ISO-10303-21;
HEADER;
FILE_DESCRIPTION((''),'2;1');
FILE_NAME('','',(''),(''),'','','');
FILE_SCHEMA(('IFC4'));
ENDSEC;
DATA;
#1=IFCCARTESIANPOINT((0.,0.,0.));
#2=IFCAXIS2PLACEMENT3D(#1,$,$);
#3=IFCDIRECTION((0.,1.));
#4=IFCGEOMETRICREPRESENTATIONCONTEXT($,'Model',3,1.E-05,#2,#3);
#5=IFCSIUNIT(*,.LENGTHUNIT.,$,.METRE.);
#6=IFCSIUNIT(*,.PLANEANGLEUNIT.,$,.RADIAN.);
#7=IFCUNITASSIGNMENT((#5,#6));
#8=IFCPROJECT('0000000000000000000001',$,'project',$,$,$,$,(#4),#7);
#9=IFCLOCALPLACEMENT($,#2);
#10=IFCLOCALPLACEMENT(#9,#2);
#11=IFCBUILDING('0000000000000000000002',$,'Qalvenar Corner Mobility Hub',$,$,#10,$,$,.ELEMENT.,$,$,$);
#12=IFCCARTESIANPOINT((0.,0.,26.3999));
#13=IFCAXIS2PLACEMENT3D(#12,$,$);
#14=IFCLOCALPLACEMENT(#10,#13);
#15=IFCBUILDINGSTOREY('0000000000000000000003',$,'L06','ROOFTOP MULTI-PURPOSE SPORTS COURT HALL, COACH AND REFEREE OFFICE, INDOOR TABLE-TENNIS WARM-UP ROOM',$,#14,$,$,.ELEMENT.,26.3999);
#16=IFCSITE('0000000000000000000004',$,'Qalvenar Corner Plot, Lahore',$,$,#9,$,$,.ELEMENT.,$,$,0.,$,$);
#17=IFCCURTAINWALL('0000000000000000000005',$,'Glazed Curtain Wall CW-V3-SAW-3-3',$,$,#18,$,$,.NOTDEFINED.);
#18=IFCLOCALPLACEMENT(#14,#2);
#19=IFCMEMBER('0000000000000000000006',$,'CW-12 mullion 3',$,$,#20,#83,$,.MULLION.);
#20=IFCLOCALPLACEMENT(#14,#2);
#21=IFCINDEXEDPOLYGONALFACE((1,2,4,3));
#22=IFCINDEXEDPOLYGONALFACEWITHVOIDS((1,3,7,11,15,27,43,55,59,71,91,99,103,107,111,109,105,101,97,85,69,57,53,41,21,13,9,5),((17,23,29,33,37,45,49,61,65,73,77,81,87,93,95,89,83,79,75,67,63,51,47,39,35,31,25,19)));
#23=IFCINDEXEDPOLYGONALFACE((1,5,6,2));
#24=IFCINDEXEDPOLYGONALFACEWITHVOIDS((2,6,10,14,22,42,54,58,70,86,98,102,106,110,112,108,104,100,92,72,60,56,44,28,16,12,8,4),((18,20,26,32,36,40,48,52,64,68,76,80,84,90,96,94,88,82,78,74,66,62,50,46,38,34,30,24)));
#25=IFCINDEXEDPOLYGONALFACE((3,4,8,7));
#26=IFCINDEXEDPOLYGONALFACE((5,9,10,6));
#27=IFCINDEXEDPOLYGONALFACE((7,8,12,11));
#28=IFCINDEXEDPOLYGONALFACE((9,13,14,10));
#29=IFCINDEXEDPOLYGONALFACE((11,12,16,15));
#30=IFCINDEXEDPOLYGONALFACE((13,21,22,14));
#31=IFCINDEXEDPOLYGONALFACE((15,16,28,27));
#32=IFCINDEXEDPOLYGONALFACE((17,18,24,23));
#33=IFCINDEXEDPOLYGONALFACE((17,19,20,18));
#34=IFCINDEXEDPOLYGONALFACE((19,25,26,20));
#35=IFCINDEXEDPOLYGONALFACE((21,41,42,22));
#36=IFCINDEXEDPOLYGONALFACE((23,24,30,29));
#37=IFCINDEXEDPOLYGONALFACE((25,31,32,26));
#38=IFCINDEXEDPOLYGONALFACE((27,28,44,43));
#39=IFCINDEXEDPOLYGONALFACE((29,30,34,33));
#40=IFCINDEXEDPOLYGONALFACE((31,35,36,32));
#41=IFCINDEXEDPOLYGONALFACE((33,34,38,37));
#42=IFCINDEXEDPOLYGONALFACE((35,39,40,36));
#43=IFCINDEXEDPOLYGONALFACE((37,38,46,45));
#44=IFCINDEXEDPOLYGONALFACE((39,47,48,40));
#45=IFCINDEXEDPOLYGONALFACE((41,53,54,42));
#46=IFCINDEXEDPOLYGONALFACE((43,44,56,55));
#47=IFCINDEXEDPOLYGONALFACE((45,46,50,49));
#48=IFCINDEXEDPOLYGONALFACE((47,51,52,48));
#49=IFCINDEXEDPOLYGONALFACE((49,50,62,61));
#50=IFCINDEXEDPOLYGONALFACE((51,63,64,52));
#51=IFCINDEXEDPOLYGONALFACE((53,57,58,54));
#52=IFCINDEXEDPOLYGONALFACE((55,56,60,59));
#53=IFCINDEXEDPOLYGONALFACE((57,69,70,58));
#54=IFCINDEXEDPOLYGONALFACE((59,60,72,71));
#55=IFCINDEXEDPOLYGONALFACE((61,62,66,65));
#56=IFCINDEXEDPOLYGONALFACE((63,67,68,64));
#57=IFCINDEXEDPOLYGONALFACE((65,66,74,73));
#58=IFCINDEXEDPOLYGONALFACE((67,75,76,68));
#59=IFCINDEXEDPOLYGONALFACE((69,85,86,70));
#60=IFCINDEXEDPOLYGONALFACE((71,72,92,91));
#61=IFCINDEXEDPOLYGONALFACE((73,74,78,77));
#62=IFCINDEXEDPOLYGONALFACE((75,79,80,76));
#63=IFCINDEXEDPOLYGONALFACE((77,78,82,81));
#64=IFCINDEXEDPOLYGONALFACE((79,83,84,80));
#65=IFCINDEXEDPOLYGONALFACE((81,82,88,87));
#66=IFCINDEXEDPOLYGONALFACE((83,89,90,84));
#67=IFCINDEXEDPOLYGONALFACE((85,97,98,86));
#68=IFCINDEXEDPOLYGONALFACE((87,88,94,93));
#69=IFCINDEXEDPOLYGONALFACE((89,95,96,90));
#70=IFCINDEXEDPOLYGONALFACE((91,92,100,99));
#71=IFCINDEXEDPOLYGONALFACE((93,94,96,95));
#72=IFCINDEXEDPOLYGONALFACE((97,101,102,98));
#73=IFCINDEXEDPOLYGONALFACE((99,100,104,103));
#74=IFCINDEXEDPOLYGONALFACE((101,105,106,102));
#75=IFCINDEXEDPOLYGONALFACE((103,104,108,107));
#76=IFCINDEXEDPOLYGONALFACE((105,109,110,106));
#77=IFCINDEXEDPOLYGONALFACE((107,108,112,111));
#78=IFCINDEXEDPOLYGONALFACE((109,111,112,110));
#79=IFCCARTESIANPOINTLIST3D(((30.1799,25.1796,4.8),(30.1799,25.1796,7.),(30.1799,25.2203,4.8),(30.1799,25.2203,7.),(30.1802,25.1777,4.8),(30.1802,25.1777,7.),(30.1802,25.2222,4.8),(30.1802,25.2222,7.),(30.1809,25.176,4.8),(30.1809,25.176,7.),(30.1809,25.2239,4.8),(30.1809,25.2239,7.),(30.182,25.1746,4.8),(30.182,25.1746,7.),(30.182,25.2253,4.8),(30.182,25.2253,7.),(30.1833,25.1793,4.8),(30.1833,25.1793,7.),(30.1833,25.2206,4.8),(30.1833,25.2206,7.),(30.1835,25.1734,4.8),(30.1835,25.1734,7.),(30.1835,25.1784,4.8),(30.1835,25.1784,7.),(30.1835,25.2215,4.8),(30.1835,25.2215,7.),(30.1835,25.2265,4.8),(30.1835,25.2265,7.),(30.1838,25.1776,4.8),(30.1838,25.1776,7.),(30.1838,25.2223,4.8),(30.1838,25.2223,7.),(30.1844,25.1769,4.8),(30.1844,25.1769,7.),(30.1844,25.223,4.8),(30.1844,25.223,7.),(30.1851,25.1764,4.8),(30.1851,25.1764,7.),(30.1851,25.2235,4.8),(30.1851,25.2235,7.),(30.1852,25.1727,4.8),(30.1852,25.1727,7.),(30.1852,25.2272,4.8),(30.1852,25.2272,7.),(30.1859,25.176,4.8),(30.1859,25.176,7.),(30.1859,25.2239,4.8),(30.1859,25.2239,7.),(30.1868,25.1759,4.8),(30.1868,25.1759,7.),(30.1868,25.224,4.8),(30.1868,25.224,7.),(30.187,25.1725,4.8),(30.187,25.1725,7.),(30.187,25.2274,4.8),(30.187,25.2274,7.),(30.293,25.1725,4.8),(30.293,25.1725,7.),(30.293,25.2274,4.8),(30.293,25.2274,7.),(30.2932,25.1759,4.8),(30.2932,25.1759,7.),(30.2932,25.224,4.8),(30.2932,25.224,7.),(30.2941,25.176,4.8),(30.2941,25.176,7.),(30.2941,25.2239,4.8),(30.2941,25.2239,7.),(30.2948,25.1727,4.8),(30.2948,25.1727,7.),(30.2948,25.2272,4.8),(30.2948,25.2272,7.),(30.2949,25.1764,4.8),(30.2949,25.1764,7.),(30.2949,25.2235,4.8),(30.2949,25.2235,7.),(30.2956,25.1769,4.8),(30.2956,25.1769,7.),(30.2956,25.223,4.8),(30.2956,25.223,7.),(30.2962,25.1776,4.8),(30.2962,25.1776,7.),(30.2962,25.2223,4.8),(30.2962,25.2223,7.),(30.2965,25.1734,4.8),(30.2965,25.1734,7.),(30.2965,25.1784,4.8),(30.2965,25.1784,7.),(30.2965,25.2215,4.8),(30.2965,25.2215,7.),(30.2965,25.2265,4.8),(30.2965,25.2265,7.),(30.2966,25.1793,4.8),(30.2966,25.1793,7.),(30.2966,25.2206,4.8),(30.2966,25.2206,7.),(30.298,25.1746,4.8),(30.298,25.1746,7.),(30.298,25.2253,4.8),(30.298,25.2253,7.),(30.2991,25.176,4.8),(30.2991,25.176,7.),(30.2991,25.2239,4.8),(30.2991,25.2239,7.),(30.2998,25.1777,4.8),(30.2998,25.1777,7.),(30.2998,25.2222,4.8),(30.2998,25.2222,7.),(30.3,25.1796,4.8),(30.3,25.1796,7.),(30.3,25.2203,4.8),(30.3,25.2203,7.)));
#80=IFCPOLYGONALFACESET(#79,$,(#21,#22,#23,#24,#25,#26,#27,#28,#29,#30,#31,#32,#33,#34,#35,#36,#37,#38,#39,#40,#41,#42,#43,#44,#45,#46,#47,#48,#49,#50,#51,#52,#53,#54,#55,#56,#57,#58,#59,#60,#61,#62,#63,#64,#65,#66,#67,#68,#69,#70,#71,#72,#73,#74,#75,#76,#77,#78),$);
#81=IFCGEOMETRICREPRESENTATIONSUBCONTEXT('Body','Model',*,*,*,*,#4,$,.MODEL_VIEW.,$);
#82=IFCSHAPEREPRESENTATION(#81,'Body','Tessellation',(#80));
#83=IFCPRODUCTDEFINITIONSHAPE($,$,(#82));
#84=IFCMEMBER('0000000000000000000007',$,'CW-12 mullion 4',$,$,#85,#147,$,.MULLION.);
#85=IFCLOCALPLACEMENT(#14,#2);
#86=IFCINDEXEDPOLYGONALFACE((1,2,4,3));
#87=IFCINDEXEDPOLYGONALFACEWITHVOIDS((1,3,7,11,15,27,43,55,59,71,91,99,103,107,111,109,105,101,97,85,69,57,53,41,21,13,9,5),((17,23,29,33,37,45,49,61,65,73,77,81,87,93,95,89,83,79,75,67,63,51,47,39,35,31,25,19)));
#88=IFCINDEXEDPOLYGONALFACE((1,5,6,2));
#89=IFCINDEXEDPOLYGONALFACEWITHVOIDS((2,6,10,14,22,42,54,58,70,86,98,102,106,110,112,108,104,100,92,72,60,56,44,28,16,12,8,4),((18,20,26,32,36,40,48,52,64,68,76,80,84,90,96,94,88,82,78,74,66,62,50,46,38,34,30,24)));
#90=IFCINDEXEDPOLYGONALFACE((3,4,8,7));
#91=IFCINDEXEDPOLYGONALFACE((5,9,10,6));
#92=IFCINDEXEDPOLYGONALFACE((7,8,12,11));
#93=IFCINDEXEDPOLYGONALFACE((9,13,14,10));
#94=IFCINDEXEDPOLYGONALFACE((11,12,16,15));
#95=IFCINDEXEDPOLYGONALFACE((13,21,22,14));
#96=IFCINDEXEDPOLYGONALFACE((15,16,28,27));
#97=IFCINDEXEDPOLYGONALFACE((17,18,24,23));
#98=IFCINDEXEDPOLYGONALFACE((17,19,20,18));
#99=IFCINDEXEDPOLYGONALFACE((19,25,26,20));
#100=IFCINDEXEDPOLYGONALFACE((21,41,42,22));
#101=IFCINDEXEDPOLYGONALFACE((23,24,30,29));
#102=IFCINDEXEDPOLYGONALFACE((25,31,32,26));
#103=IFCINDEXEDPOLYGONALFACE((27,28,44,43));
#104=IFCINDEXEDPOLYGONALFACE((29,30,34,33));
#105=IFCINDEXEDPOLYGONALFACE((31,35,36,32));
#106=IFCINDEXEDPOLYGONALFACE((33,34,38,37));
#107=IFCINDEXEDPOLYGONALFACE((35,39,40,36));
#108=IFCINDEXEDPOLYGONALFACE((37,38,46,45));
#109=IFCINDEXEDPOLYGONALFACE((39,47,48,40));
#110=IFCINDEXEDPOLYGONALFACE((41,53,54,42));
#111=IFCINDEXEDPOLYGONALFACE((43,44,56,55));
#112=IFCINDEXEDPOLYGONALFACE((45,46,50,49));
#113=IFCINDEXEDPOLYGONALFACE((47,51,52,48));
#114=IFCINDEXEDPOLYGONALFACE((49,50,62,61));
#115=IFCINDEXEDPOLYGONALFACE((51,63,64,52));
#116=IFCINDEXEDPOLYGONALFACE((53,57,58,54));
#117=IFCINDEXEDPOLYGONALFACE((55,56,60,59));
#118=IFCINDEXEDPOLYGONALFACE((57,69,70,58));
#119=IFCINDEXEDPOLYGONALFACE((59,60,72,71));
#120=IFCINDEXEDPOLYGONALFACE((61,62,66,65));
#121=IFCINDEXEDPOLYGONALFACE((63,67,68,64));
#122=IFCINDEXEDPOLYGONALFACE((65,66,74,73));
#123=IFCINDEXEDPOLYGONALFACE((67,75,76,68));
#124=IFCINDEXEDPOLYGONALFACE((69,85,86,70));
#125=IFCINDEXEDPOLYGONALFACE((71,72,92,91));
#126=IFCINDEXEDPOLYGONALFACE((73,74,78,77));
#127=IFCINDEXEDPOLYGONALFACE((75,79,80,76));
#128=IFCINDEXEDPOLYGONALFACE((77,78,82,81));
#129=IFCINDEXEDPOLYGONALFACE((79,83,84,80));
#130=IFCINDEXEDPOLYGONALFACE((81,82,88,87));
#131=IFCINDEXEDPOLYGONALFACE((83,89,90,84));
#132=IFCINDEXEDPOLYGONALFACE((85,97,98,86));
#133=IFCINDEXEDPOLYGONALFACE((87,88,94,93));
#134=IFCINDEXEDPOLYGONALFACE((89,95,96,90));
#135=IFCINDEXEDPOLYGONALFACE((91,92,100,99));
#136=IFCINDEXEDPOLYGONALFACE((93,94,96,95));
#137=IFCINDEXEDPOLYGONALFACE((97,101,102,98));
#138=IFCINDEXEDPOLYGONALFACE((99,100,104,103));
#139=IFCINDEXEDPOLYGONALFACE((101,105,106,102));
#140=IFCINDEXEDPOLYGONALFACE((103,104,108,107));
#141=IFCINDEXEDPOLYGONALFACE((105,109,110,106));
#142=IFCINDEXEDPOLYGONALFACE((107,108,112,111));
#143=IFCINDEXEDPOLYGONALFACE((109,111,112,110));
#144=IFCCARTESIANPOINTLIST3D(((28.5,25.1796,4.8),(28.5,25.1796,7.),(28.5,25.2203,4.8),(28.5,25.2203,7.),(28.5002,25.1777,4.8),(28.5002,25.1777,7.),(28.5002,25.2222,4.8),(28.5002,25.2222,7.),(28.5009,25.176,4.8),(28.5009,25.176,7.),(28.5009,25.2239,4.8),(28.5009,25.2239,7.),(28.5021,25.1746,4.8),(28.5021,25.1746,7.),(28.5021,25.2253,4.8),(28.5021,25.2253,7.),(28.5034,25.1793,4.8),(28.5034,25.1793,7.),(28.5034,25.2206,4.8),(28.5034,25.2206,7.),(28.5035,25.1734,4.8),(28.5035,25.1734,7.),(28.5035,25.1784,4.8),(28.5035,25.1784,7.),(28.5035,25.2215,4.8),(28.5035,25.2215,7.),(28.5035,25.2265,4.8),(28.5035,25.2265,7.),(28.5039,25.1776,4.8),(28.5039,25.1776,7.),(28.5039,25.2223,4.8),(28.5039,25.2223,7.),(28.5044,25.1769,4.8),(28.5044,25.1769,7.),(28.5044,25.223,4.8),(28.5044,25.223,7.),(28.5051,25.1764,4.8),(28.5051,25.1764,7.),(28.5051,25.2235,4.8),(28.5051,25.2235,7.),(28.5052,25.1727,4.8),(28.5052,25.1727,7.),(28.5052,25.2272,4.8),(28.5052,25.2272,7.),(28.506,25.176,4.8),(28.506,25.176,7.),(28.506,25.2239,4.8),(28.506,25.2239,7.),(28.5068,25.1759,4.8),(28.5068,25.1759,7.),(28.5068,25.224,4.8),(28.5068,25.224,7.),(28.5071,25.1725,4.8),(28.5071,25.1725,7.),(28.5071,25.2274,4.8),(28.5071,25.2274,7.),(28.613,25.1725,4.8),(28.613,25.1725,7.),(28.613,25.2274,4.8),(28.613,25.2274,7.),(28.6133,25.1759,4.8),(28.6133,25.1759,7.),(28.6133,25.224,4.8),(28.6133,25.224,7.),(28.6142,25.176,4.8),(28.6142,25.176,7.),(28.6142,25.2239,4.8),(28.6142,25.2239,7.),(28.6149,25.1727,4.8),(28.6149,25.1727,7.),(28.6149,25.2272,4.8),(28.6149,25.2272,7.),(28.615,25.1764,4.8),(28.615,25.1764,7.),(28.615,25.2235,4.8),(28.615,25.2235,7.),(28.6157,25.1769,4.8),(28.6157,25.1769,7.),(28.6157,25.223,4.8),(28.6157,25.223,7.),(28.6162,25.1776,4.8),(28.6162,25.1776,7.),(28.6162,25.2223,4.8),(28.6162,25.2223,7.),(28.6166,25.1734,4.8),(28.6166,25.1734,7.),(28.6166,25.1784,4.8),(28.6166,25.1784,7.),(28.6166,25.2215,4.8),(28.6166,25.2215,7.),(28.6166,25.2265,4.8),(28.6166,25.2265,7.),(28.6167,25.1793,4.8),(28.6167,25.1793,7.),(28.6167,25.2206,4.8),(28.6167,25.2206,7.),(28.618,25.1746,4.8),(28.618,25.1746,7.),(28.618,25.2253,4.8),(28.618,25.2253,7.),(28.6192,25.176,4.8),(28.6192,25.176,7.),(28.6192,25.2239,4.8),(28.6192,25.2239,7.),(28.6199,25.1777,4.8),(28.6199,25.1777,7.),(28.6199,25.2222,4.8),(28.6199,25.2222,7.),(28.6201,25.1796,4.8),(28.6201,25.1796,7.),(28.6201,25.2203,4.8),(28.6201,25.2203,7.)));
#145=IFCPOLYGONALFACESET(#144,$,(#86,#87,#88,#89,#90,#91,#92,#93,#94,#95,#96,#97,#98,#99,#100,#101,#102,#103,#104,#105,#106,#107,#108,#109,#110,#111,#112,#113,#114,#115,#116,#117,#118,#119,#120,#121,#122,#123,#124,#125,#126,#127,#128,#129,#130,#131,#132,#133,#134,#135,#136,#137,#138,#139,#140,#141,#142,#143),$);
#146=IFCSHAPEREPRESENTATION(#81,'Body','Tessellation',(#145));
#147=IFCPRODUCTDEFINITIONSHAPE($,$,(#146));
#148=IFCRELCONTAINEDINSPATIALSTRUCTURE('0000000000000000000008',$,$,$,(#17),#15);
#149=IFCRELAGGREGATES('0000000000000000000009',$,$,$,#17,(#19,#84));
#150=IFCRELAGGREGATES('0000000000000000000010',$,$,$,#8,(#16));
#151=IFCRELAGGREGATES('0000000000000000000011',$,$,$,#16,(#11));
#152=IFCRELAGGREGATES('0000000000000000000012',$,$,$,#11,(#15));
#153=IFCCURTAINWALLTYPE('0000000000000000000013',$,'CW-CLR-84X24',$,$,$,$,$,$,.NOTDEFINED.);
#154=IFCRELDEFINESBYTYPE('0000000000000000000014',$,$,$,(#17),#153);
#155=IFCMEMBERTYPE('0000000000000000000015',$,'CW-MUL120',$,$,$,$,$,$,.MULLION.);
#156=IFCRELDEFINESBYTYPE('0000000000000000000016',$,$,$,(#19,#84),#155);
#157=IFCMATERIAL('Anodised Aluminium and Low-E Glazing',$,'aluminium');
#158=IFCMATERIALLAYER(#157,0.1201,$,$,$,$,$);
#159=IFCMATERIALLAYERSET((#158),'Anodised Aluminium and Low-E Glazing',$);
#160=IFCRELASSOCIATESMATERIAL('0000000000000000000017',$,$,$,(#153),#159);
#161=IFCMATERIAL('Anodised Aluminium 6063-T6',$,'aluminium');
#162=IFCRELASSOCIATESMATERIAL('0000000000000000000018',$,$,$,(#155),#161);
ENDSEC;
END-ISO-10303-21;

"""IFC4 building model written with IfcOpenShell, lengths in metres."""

from ifc_helpers import new_model, si_unit, direction, frame, origin, origin_2d, place, context, subcontext, project, spatial, hollow_rectangle, extrude, material, layer, layer_set, material_profile, profile_set, type_object, element, aggregate, save


model = new_model("IFC4")

# Units and contexts
model_context = context("Model", 3, precision=1e-05, world=origin(), true_north=direction((0.0, 1.0)))
body_context = subcontext(model_context, "Body", "Model", "MODEL_VIEW")
ifc_project = project(units=[si_unit("LENGTHUNIT", "METRE"), si_unit("PLANEANGLEUNIT", "RADIAN")], contexts=[model_context])

# Site, building, storey
site_placement = place(None, origin())
site = spatial("IfcSite", under=ifc_project, at=site_placement, Name="Qalvenar Corner Plot, Lahore", CompositionType="ELEMENT", RefElevation=0.0)
building_placement = place(site_placement, origin())
building = spatial("IfcBuilding", under=site, at=building_placement, Name="Qalvenar Corner Mobility Hub", CompositionType="ELEMENT")
storey_placement = place(building_placement, frame((0.0, 0.0, 26.3999)))
storey = spatial("IfcBuildingStorey", under=building, at=storey_placement, Name="L06", Description="ROOFTOP MULTI-PURPOSE SPORTS COURT HALL, COACH AND REFEREE OFFICE, INDOOR TABLE-TENNIS WARM-UP ROOM", CompositionType="ELEMENT", Elevation=26.3999)

# Curtain wall, members
ifc_material_1 = material(Name="Anodised Aluminium and Low-E Glazing", Category="aluminium")
ifc_layer_1 = layer(ifc_material_1, 0.1201)
ifc_layer_set_1 = layer_set([ifc_layer_1], Name="Anodised Aluminium and Low-E Glazing")
curtain_wall_type = type_object("IfcCurtainWallType", Name="CW-CLR-84X24", PredefinedType="NOTDEFINED", material=ifc_layer_set_1)
ifc_material_2 = material(Name="Anodised Aluminium 6063-T6", Category="aluminium")
ifc_material_profile_1 = material_profile(ifc_material_2, hollow_rectangle(XDim=0.0549, YDim=0.1201, WallThickness=0.0034, InnerFilletRadius=0.0034, OuterFilletRadius=0.0071, at=origin_2d()), Name="RHS120x55x3.5")
ifc_profile_set_1 = profile_set([ifc_material_profile_1], Name="Anodised Aluminium 6063-T6")
member_type_1 = type_object("IfcMemberType", Name="CW-MUL120", PredefinedType="MULLION", material=ifc_profile_set_1)
curtain_wall_1_placement = place(storey_placement, origin())
curtain_wall_1 = element("IfcCurtainWall", 1, at=curtain_wall_1_placement, inside=storey, type_object=curtain_wall_type, Name="Glazed Curtain Wall CW-V3-SAW-3-3", PredefinedType="NOTDEFINED")
member_1_placement = place(storey_placement, frame((30.24, 25.2, 4.8), z_axis=(0.0, 0.0, 1.0), x_axis=(0.0, -1.0, 0.0)))
member_1 = element("IfcMember", 2, at=member_1_placement, type_object=member_type_1, Name="CW-12 mullion 3", PredefinedType="MULLION", context=body_context, shape_type="SweptSolid", body=[
    extrude(hollow_rectangle(XDim=0.0549, YDim=0.1201, WallThickness=0.0034, InnerFilletRadius=0.0034, OuterFilletRadius=0.0071, at=origin_2d()), origin(), (0.0, 0.0, 1.0), 2.2),
])
member_2_placement = place(storey_placement, frame((28.5601, 25.2, 4.8), z_axis=(0.0, 0.0, 1.0), x_axis=(0.0, -1.0, 0.0)))
member_2 = element("IfcMember", 3, at=member_2_placement, type_object=member_type_1, Name="CW-12 mullion 4", PredefinedType="MULLION", context=body_context, shape_type="SweptSolid", body=[
    extrude(hollow_rectangle(XDim=0.0549, YDim=0.1201, WallThickness=0.0034, InnerFilletRadius=0.0034, OuterFilletRadius=0.0071, at=origin_2d()), origin(), (0.0, 0.0, 1.0), 2.2),
])

aggregate(curtain_wall_1, [member_1, member_2])

save(model, "model.ifc")
